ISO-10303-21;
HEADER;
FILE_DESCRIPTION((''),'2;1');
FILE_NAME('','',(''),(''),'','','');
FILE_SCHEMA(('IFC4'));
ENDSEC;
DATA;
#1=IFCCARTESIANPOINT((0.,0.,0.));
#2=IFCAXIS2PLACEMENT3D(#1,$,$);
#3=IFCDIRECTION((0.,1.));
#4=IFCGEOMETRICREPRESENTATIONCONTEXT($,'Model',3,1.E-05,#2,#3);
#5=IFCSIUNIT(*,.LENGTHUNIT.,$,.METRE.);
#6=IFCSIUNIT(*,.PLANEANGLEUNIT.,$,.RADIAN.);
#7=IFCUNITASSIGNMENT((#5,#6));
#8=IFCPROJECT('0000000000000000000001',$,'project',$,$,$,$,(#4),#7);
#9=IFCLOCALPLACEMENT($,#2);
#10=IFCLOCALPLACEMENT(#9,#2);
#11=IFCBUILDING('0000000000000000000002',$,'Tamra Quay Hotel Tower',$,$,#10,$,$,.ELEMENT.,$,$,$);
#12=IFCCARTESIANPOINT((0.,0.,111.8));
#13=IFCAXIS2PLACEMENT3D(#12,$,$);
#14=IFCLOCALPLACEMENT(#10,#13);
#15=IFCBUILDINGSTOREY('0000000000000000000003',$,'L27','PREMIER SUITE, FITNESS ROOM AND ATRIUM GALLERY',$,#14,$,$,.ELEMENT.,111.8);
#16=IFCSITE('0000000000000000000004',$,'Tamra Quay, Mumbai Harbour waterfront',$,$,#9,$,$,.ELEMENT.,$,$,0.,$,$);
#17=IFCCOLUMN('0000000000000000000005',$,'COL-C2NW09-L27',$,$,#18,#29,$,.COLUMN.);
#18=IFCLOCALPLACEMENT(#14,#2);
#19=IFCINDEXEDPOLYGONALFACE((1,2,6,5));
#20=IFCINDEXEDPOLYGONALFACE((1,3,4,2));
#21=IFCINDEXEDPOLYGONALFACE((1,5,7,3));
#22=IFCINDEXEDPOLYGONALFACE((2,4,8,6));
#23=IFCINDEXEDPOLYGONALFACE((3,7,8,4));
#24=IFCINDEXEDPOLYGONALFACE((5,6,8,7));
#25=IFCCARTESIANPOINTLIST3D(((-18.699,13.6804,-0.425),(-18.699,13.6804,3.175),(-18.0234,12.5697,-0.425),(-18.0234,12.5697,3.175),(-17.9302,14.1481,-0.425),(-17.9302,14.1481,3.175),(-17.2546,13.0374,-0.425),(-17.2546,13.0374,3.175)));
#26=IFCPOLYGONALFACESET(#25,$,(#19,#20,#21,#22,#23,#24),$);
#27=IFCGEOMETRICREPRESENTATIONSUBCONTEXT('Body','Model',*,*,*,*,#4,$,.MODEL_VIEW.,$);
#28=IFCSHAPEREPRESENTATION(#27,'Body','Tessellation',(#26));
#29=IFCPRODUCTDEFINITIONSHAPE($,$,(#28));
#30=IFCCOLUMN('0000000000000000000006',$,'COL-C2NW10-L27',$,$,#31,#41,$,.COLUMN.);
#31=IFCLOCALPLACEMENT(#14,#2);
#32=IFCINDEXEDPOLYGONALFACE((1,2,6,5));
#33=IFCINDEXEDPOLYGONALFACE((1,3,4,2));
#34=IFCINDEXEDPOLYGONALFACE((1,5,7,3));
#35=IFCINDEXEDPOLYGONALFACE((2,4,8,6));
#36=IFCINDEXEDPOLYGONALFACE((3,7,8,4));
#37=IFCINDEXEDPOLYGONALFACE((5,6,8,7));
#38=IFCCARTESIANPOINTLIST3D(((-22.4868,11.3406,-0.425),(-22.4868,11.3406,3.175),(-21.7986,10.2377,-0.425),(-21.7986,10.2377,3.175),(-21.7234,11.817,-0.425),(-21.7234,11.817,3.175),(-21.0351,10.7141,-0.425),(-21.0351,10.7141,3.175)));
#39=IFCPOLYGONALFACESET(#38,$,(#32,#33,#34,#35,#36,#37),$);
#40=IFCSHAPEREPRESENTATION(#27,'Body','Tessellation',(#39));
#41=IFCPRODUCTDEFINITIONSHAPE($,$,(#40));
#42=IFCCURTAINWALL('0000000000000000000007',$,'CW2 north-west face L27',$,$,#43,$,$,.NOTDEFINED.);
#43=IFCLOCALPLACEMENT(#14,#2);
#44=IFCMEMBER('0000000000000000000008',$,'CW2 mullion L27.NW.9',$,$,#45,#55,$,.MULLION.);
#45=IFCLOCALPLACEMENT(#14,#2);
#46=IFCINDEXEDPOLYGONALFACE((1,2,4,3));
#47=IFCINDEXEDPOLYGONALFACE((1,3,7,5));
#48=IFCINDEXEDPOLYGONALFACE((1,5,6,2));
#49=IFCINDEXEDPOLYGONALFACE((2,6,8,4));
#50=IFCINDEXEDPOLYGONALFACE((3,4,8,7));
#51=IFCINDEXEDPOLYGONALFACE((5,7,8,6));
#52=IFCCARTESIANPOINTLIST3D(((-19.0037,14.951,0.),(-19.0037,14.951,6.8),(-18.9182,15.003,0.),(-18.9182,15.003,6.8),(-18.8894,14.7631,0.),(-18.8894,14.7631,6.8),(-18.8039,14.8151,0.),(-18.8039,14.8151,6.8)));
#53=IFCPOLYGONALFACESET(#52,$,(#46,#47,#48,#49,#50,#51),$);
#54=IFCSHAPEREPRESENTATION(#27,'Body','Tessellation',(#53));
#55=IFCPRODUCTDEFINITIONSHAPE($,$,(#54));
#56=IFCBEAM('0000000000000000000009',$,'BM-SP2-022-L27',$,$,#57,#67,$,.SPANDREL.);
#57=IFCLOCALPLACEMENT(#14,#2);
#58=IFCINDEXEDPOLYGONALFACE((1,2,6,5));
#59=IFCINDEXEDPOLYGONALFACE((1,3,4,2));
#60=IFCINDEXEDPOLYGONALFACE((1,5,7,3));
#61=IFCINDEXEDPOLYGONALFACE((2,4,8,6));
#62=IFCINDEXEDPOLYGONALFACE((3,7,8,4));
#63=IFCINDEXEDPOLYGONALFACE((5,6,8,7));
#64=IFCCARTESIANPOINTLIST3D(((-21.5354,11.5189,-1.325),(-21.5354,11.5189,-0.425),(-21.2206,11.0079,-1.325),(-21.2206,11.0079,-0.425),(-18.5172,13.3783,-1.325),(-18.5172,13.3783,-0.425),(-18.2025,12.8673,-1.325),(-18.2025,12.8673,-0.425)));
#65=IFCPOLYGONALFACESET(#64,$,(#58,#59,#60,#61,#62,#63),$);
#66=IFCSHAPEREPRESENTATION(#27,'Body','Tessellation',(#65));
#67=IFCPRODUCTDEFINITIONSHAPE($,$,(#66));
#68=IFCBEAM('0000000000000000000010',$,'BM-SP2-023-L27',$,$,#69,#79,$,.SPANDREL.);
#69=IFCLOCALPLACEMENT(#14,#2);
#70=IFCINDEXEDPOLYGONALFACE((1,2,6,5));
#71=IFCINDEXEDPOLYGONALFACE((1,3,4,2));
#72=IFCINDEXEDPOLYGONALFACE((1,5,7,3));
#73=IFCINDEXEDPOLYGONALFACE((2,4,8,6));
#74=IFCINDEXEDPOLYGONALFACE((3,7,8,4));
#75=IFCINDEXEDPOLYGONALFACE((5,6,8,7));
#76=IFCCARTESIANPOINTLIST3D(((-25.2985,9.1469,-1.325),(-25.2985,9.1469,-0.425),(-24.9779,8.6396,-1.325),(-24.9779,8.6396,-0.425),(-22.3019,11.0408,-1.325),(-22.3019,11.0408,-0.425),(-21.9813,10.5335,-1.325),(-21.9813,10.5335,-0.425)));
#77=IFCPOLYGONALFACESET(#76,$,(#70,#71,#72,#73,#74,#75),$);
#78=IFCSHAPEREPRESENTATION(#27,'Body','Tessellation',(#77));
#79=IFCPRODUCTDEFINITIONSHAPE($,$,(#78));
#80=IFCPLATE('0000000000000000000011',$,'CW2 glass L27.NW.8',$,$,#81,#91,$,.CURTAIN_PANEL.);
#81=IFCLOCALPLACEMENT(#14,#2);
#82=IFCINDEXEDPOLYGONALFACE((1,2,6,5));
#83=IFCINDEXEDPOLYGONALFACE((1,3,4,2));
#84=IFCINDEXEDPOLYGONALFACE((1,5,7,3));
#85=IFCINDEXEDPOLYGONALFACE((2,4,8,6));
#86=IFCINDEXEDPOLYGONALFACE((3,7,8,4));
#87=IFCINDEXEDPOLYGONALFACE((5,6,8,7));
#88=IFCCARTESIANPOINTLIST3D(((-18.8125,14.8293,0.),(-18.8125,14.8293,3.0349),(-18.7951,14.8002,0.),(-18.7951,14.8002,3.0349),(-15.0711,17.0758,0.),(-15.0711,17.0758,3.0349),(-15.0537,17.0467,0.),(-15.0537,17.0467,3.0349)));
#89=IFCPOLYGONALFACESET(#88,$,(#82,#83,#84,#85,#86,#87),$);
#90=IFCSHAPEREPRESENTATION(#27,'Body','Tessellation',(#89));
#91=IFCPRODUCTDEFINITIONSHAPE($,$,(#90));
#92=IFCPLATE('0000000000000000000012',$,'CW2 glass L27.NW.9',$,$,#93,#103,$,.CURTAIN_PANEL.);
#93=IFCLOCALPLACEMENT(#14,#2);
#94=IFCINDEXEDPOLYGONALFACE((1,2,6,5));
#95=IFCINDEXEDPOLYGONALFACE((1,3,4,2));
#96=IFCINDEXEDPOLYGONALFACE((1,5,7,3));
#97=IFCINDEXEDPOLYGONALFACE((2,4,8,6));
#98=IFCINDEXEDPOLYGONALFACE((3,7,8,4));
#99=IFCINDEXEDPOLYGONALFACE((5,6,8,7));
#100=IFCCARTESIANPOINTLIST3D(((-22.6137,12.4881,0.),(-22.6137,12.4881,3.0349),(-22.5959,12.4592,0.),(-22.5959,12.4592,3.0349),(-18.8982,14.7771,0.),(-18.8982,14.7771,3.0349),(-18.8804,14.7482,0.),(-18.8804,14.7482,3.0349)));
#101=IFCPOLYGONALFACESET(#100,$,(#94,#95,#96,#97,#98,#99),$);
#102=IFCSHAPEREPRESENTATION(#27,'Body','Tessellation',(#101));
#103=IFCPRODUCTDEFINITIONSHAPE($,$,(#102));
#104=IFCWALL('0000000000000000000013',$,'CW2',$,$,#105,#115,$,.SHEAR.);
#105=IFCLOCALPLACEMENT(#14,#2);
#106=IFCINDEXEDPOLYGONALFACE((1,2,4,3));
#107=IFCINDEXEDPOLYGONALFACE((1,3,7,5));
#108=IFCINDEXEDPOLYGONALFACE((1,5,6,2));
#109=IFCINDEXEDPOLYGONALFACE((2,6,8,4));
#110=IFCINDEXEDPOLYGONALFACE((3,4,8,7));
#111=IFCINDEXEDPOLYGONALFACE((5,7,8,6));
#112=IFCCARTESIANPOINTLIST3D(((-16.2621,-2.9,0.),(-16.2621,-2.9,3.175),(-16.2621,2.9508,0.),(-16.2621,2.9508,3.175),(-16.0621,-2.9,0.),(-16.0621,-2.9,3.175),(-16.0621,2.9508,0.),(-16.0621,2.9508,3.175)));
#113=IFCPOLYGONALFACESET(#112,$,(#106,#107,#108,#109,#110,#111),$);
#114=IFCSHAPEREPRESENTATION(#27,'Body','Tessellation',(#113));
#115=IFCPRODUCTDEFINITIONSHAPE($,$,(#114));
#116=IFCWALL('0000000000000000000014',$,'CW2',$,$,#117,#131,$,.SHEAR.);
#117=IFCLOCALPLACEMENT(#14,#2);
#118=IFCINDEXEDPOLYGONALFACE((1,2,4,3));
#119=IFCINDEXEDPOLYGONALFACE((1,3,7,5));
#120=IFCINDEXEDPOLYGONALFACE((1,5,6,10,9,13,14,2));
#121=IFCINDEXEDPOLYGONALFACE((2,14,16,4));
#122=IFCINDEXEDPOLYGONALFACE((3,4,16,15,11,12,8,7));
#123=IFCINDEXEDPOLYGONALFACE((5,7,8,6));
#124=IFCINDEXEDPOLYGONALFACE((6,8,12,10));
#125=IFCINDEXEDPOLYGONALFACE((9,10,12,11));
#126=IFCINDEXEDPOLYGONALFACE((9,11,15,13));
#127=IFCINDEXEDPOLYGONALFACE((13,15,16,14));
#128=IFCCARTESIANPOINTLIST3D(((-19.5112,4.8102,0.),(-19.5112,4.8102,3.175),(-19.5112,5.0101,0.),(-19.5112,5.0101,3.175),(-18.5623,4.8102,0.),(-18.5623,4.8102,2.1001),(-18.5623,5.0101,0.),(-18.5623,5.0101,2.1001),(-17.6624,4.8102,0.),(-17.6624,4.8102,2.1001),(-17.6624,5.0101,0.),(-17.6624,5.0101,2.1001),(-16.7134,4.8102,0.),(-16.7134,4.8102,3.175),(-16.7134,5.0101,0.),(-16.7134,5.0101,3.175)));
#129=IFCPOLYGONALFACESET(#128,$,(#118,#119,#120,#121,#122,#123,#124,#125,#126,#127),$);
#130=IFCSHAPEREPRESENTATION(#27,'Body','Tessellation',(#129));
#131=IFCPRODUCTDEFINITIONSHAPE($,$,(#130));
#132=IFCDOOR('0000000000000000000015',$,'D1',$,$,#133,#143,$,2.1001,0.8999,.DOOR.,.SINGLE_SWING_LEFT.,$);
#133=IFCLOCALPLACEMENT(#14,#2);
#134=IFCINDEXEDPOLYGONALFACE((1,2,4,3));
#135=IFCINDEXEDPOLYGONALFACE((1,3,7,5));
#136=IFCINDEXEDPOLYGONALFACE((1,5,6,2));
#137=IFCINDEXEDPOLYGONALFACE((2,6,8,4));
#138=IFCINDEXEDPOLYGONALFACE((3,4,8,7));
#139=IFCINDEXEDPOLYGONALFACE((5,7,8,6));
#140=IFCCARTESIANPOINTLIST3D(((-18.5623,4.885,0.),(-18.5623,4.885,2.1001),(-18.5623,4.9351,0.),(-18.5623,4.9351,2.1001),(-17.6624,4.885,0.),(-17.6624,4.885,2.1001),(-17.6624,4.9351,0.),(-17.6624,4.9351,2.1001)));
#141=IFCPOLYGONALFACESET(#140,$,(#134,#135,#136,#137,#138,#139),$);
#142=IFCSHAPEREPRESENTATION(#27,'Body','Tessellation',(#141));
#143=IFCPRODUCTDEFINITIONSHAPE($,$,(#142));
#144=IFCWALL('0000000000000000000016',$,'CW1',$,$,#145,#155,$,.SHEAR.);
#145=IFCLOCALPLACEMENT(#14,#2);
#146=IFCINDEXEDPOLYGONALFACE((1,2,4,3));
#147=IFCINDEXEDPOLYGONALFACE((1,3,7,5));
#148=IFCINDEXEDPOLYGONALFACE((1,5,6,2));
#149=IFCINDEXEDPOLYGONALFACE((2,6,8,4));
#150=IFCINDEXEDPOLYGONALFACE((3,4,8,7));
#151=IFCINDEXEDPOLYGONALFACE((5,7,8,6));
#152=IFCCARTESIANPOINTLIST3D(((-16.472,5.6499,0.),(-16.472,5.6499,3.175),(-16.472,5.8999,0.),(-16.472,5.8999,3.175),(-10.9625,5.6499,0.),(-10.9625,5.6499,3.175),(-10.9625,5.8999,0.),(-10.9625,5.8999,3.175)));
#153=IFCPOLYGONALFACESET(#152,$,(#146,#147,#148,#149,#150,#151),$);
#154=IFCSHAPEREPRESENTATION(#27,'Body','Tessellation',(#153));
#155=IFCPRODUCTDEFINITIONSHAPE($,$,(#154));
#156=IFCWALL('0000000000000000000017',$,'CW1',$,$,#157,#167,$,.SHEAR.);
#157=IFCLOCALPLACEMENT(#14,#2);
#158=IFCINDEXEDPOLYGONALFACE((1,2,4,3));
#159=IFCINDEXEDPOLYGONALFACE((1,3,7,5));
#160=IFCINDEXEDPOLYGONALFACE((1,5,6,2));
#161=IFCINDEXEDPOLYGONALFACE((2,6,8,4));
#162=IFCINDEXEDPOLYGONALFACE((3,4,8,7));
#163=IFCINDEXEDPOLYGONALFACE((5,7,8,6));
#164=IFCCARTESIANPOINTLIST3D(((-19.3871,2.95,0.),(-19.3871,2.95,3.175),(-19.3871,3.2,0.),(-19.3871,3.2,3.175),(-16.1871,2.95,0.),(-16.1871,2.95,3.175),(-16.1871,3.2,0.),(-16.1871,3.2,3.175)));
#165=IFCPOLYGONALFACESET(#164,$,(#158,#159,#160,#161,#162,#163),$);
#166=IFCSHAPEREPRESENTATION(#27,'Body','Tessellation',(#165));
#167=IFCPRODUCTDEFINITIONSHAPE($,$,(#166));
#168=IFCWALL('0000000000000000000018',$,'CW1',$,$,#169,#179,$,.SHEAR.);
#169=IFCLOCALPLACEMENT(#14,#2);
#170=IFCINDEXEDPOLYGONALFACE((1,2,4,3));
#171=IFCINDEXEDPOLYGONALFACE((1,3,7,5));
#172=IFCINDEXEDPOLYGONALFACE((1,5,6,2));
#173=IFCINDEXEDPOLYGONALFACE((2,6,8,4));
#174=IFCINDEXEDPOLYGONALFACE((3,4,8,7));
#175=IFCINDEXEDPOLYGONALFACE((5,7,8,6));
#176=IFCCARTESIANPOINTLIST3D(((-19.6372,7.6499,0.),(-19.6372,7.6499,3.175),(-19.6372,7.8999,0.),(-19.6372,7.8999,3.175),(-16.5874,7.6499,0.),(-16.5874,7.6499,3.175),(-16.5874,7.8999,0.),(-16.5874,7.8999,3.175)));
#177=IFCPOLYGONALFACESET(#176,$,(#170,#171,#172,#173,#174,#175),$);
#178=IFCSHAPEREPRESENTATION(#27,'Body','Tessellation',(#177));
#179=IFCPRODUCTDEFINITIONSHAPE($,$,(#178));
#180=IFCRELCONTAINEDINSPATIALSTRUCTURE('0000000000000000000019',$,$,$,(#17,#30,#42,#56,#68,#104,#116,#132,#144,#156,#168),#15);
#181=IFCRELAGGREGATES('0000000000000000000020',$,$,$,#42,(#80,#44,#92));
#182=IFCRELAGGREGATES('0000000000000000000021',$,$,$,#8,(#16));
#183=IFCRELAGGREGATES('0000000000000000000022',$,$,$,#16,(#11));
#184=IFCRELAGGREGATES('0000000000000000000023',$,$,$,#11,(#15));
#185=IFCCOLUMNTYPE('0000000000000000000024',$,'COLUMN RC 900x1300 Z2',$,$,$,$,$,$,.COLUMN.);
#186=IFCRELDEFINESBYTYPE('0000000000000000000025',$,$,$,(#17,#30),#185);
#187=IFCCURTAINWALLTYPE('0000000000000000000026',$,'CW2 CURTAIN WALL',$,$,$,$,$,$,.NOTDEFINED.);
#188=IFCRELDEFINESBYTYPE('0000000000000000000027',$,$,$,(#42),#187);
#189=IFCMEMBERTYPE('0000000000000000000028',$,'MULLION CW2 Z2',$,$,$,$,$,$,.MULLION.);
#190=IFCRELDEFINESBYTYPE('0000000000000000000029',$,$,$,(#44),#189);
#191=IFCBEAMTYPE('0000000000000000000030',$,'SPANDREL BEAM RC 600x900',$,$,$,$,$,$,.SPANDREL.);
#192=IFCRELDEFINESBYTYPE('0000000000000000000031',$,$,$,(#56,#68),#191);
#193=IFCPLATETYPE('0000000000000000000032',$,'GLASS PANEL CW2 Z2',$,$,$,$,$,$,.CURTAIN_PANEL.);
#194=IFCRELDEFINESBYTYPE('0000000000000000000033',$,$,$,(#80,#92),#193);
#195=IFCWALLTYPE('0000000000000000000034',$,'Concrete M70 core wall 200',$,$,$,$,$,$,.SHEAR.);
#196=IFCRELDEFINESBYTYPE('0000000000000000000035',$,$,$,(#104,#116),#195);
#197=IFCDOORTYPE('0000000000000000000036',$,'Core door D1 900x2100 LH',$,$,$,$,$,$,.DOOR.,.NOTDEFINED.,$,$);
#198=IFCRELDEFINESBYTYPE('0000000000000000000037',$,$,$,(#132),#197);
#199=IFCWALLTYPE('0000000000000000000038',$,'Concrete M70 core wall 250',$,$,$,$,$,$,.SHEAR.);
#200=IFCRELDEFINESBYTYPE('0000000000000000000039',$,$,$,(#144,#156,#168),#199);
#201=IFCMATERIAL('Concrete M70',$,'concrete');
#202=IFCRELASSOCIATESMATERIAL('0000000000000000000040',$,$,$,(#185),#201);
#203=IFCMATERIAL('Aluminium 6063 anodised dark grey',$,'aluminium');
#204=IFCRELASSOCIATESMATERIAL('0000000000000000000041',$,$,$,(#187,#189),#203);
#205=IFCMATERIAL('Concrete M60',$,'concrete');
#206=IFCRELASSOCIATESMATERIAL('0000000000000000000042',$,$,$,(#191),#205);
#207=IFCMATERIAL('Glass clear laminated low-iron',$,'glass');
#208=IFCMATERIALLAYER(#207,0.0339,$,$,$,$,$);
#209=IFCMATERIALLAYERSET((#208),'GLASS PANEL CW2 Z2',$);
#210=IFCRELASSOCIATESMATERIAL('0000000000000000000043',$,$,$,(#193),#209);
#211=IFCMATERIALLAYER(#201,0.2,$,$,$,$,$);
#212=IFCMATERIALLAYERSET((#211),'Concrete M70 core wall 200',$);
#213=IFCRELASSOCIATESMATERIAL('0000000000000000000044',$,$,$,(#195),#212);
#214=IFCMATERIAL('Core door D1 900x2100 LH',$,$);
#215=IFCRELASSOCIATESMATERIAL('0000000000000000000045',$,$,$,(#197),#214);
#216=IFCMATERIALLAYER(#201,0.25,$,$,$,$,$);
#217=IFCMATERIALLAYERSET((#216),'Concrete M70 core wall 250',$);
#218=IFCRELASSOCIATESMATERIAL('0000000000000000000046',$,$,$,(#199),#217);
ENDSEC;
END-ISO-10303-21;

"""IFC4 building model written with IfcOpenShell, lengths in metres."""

from ifc_helpers import new_model, si_unit, direction, frame, frame_2d, origin, origin_2d, place, context, subcontext, project, spatial, rectangle, extrude, material, layer, layer_set, material_profile, profile_set, type_object, element, fill, aggregate, save


model = new_model("IFC4")

# Units and contexts
model_context = context("Model", 3, precision=1e-05, world=origin(), true_north=direction((0.0, 1.0)))
body_context = subcontext(model_context, "Body", "Model", "MODEL_VIEW")
ifc_project = project(units=[si_unit("LENGTHUNIT", "METRE"), si_unit("PLANEANGLEUNIT", "RADIAN")], contexts=[model_context])

# Site, building, storey
site_placement = place(None, origin())
site = spatial("IfcSite", under=ifc_project, at=site_placement, Name="Tamra Quay, Mumbai Harbour waterfront", CompositionType="ELEMENT", RefElevation=0.0)
building_placement = place(site_placement, origin())
building = spatial("IfcBuilding", under=site, at=building_placement, Name="Tamra Quay Hotel Tower", CompositionType="ELEMENT")
storey_placement = place(building_placement, frame((0.0, 0.0, 111.8)))
storey = spatial("IfcBuildingStorey", under=building, at=storey_placement, Name="L27", Description="PREMIER SUITE, FITNESS ROOM AND ATRIUM GALLERY", CompositionType="ELEMENT", Elevation=111.8)

# Columns
ifc_material_1 = material(Name="Concrete M70", Category="concrete")
ifc_material_profile_1 = material_profile(ifc_material_1, rectangle(XDim=1.3, YDim=0.8999, at=origin_2d()), Name="COLUMN RC 900x1300 Z2")
ifc_profile_set_1 = profile_set([ifc_material_profile_1], Name="Concrete M70")
column_type = type_object("IfcColumnType", Name="COLUMN RC 900x1300 Z2", PredefinedType="COLUMN", material=ifc_profile_set_1)
for number, where, z_axis, x_axis, name in (
    (1, (-17.9768, 13.3589, -0.425), (0.0, 0.0, 1.0), (-0.519679, 0.854362, 0.0), "COL-C2NW09-L27"),
    (2, (-21.761, 11.0273, -0.425), (0.0, 0.0, 1.0), (-0.52941, 0.848366, 0.0), "COL-C2NW10-L27"),
):
    element("IfcColumn", number, at=place(storey_placement, frame(where, z_axis=z_axis, x_axis=x_axis)), inside=storey, type_object=column_type, Name=name, PredefinedType="COLUMN", context=body_context, shape_type="SweptSolid", body=[
        extrude(rectangle(XDim=1.3, YDim=0.8999, at=origin_2d()), origin(), (0.0, 0.0, 1.0), 3.6001),
    ])

# Curtain wall, member
ifc_material_2 = material(Name="Aluminium 6063 anodised dark grey", Category="aluminium")
curtain_wall_type = type_object("IfcCurtainWallType", Name="CW2 CURTAIN WALL", PredefinedType="NOTDEFINED", material=ifc_material_2)
curtain_wall_placement = place(storey_placement, origin())
curtain_wall = element("IfcCurtainWall", 3, at=curtain_wall_placement, inside=storey, type_object=curtain_wall_type, Name="CW2 north-west face L27", PredefinedType="NOTDEFINED")
ifc_material_profile_2 = material_profile(ifc_material_2, rectangle(XDim=0.22, YDim=0.1001, at=origin_2d()), Name="MULLION 100X220")
ifc_profile_set_2 = profile_set([ifc_material_profile_2], Name="Aluminium 6063 anodised dark grey")
member_type = type_object("IfcMemberType", Name="MULLION CW2 Z2", PredefinedType="MULLION", material=ifc_profile_set_2)
member_placement = place(storey_placement, frame((-18.9038, 14.8831, 0.0), z_axis=(0.0, 0.0, 1.0), x_axis=(-0.51965, 0.854379, 0.0)))
member = element("IfcMember", 4, at=member_placement, type_object=member_type, Name="CW2 mullion L27.NW.9", PredefinedType="MULLION", context=body_context, shape_type="SweptSolid", body=[
    extrude(rectangle(XDim=0.22, YDim=0.1001, at=origin_2d()), origin(), (0.0, 0.0, 1.0), 6.8),
])

# Beams
ifc_material_3 = material(Name="Concrete M60", Category="concrete")
ifc_material_profile_3 = material_profile(ifc_material_3, rectangle(XDim=0.6001, YDim=0.8999, at=origin_2d()), Name="SPANDREL BEAM RC 600x900")
ifc_profile_set_3 = profile_set([ifc_material_profile_3], Name="Concrete M60")
beam_type = type_object("IfcBeamType", Name="SPANDREL BEAM RC 600x900", PredefinedType="SPANDREL", material=ifc_profile_set_3)
for number, where, z_axis, x_axis, name in (
    (5, (-18.3599, 13.1228, -0.875), (-0.851393, -0.524528, 0.0), (0.524528, -0.851393, 0.0), "BM-SP2-022-L27"),
    (6, (-22.1416, 10.7871, -0.875), (-0.845333, -0.534239, 0.0), (0.534239, -0.845333, 0.0), "BM-SP2-023-L27"),
):
    element("IfcBeam", number, at=place(storey_placement, frame(where, z_axis=z_axis, x_axis=x_axis)), inside=storey, type_object=beam_type, Name=name, PredefinedType="SPANDREL", context=body_context, shape_type="SweptSolid", body=[
        extrude(rectangle(XDim=0.6001, YDim=0.8999, at=origin_2d()), origin(), (0.0, 0.0, 1.0), 3.5449),
    ])

# Plates
ifc_material_4 = material(Name="Glass clear laminated low-iron", Category="glass")
ifc_layer_1 = layer(ifc_material_4, 0.0339)
ifc_layer_set_1 = layer_set([ifc_layer_1], Name="GLASS PANEL CW2 Z2")
plate_type = type_object("IfcPlateType", Name="GLASS PANEL CW2 Z2", PredefinedType="CURTAIN_PANEL", material=ifc_layer_set_1)
plate_1_placement = place(storey_placement, frame((-16.9331, 15.938, 0.0), z_axis=(0.0, 0.0, 1.0), x_axis=(-0.857331, -0.514765, 0.0)))
plate_1 = element("IfcPlate", 7, at=plate_1_placement, type_object=plate_type, Name="CW2 glass L27.NW.8", PredefinedType="CURTAIN_PANEL", context=body_context, shape_type="SweptSolid", body=[
    extrude(rectangle(XDim=4.364, YDim=0.0339, at=origin_2d()), origin(), (0.0, 0.0, 1.0), 3.0349),
])
plate_2_placement = place(storey_placement, frame((-20.7471, 13.6182, 0.0), z_axis=(0.0, 0.0, 1.0), x_axis=(-0.851399, -0.524518, 0.0)))
plate_2 = element("IfcPlate", 8, at=plate_2_placement, type_object=plate_type, Name="CW2 glass L27.NW.9", PredefinedType="CURTAIN_PANEL", context=body_context, shape_type="SweptSolid", body=[
    extrude(rectangle(XDim=4.364, YDim=0.0339, at=origin_2d()), origin(), (0.0, 0.0, 1.0), 3.0349),
])
aggregate(curtain_wall, [plate_1, member, plate_2])

# Wall
ifc_layer_2 = layer(ifc_material_1, 0.2)
ifc_layer_set_2 = layer_set([ifc_layer_2], Name="Concrete M70 core wall 200")
wall_type_1 = type_object("IfcWallType", Name="Concrete M70 core wall 200", PredefinedType="SHEAR", material=ifc_layer_set_2)
wall_1_placement = place(storey_placement, frame((-16.1621, 2.9507, 0.0), z_axis=(0.0, 0.0, 1.0), x_axis=(0.0, -1.0, 0.0)))
element("IfcWall", 9, at=wall_1_placement, inside=storey, type_object=wall_type_1, Name="CW2", PredefinedType="SHEAR", context=body_context, shape_type="SweptSolid", body=[
    extrude(rectangle(XDim=5.8508, YDim=0.2, at=frame_2d((2.9253, 0.0))), origin(), (0.0, 0.0, 1.0), 3.175),
])

# Wall, opening, door
wall_2_placement = place(storey_placement, frame((-19.5112, 4.9102, 0.0), z_axis=(0.0, 0.0, 1.0), x_axis=(1.0, 0.0, 0.0)))
wall_2 = element("IfcWall", 10, at=wall_2_placement, inside=storey, type_object=wall_type_1, Name="CW2", PredefinedType="SHEAR", context=body_context, shape_type="SweptSolid", body=[
    extrude(rectangle(XDim=2.7979, YDim=0.2, at=frame_2d((1.3989, 0.0))), origin(), (0.0, 0.0, 1.0), 3.175),
])
opening_1_placement = place(wall_2_placement, frame((0.949, 0.0, 0.0)))
opening_1 = element("IfcOpeningElement", 11, at=opening_1_placement, cuts=wall_2, PredefinedType="OPENING", context=body_context, shape_type="SweptSolid", body=[
    extrude(rectangle(XDim=0.8999, YDim=2.1001, at=frame_2d((0.45, 1.05))), frame((0.0, 0.1099, 0.0), z_axis=(0.0, -1.0, 0.0), x_axis=(1.0, 0.0, 0.0)), (0.0, 0.0, 1.0), 0.22),
])
ifc_material_5 = material(Name="Core door D1 900x2100 LH")
door_type_1 = type_object("IfcDoorType", Name="Core door D1 900x2100 LH", OperationType="NOTDEFINED", PredefinedType="DOOR", material=ifc_material_5)
door_1_placement = place(opening_1_placement, origin())
door_1 = element("IfcDoor", 12, at=door_1_placement, inside=storey, type_object=door_type_1, Name="D1", OperationType="SINGLE_SWING_LEFT", OverallHeight=2.1001, OverallWidth=0.8999, PredefinedType="DOOR", context=body_context, shape_type="SweptSolid", body=[
    extrude(rectangle(XDim=0.8999, YDim=2.1001, at=frame_2d((0.45, 1.05))), frame((0.0, 0.0249, 0.0), z_axis=(0.0, -1.0, 0.0), x_axis=(1.0, 0.0, 0.0)), (0.0, 0.0, 1.0), 0.05),
])
fill(opening_1, door_1)

# Walls
ifc_layer_3 = layer(ifc_material_1, 0.25)
ifc_layer_set_3 = layer_set([ifc_layer_3], Name="Concrete M70 core wall 250")
wall_type_2 = type_object("IfcWallType", Name="Concrete M70 core wall 250", PredefinedType="SHEAR", material=ifc_layer_set_3)
wall_3_placement = place(storey_placement, frame((-16.4722, 5.7749, 0.0), z_axis=(0.0, 0.0, 1.0), x_axis=(1.0, 0.0, 0.0)))
element("IfcWall", 13, at=wall_3_placement, inside=storey, type_object=wall_type_2, Name="CW1", PredefinedType="SHEAR", context=body_context, shape_type="SweptSolid", body=[
    extrude(rectangle(XDim=5.5095, YDim=0.25, at=frame_2d((2.7549, 0.0))), origin(), (0.0, 0.0, 1.0), 3.175),
])
wall_4_placement = place(storey_placement, frame((-19.3872, 3.075, 0.0), z_axis=(0.0, 0.0, 1.0), x_axis=(1.0, 0.0, 0.0)))
element("IfcWall", 14, at=wall_4_placement, inside=storey, type_object=wall_type_2, Name="CW1", PredefinedType="SHEAR", context=body_context, shape_type="SweptSolid", body=[
    extrude(rectangle(XDim=3.2, YDim=0.25, at=frame_2d((1.6001, 0.0))), origin(), (0.0, 0.0, 1.0), 3.175),
])
wall_5_placement = place(storey_placement, frame((-19.6372, 7.7749, 0.0), z_axis=(0.0, 0.0, 1.0), x_axis=(1.0, 0.0, 0.0)))
element("IfcWall", 15, at=wall_5_placement, inside=storey, type_object=wall_type_2, Name="CW1", PredefinedType="SHEAR", context=body_context, shape_type="SweptSolid", body=[
    extrude(rectangle(XDim=3.0498, YDim=0.25, at=frame_2d((1.5249, 0.0))), origin(), (0.0, 0.0, 1.0), 3.175),
])

save(model, "model.ifc")
